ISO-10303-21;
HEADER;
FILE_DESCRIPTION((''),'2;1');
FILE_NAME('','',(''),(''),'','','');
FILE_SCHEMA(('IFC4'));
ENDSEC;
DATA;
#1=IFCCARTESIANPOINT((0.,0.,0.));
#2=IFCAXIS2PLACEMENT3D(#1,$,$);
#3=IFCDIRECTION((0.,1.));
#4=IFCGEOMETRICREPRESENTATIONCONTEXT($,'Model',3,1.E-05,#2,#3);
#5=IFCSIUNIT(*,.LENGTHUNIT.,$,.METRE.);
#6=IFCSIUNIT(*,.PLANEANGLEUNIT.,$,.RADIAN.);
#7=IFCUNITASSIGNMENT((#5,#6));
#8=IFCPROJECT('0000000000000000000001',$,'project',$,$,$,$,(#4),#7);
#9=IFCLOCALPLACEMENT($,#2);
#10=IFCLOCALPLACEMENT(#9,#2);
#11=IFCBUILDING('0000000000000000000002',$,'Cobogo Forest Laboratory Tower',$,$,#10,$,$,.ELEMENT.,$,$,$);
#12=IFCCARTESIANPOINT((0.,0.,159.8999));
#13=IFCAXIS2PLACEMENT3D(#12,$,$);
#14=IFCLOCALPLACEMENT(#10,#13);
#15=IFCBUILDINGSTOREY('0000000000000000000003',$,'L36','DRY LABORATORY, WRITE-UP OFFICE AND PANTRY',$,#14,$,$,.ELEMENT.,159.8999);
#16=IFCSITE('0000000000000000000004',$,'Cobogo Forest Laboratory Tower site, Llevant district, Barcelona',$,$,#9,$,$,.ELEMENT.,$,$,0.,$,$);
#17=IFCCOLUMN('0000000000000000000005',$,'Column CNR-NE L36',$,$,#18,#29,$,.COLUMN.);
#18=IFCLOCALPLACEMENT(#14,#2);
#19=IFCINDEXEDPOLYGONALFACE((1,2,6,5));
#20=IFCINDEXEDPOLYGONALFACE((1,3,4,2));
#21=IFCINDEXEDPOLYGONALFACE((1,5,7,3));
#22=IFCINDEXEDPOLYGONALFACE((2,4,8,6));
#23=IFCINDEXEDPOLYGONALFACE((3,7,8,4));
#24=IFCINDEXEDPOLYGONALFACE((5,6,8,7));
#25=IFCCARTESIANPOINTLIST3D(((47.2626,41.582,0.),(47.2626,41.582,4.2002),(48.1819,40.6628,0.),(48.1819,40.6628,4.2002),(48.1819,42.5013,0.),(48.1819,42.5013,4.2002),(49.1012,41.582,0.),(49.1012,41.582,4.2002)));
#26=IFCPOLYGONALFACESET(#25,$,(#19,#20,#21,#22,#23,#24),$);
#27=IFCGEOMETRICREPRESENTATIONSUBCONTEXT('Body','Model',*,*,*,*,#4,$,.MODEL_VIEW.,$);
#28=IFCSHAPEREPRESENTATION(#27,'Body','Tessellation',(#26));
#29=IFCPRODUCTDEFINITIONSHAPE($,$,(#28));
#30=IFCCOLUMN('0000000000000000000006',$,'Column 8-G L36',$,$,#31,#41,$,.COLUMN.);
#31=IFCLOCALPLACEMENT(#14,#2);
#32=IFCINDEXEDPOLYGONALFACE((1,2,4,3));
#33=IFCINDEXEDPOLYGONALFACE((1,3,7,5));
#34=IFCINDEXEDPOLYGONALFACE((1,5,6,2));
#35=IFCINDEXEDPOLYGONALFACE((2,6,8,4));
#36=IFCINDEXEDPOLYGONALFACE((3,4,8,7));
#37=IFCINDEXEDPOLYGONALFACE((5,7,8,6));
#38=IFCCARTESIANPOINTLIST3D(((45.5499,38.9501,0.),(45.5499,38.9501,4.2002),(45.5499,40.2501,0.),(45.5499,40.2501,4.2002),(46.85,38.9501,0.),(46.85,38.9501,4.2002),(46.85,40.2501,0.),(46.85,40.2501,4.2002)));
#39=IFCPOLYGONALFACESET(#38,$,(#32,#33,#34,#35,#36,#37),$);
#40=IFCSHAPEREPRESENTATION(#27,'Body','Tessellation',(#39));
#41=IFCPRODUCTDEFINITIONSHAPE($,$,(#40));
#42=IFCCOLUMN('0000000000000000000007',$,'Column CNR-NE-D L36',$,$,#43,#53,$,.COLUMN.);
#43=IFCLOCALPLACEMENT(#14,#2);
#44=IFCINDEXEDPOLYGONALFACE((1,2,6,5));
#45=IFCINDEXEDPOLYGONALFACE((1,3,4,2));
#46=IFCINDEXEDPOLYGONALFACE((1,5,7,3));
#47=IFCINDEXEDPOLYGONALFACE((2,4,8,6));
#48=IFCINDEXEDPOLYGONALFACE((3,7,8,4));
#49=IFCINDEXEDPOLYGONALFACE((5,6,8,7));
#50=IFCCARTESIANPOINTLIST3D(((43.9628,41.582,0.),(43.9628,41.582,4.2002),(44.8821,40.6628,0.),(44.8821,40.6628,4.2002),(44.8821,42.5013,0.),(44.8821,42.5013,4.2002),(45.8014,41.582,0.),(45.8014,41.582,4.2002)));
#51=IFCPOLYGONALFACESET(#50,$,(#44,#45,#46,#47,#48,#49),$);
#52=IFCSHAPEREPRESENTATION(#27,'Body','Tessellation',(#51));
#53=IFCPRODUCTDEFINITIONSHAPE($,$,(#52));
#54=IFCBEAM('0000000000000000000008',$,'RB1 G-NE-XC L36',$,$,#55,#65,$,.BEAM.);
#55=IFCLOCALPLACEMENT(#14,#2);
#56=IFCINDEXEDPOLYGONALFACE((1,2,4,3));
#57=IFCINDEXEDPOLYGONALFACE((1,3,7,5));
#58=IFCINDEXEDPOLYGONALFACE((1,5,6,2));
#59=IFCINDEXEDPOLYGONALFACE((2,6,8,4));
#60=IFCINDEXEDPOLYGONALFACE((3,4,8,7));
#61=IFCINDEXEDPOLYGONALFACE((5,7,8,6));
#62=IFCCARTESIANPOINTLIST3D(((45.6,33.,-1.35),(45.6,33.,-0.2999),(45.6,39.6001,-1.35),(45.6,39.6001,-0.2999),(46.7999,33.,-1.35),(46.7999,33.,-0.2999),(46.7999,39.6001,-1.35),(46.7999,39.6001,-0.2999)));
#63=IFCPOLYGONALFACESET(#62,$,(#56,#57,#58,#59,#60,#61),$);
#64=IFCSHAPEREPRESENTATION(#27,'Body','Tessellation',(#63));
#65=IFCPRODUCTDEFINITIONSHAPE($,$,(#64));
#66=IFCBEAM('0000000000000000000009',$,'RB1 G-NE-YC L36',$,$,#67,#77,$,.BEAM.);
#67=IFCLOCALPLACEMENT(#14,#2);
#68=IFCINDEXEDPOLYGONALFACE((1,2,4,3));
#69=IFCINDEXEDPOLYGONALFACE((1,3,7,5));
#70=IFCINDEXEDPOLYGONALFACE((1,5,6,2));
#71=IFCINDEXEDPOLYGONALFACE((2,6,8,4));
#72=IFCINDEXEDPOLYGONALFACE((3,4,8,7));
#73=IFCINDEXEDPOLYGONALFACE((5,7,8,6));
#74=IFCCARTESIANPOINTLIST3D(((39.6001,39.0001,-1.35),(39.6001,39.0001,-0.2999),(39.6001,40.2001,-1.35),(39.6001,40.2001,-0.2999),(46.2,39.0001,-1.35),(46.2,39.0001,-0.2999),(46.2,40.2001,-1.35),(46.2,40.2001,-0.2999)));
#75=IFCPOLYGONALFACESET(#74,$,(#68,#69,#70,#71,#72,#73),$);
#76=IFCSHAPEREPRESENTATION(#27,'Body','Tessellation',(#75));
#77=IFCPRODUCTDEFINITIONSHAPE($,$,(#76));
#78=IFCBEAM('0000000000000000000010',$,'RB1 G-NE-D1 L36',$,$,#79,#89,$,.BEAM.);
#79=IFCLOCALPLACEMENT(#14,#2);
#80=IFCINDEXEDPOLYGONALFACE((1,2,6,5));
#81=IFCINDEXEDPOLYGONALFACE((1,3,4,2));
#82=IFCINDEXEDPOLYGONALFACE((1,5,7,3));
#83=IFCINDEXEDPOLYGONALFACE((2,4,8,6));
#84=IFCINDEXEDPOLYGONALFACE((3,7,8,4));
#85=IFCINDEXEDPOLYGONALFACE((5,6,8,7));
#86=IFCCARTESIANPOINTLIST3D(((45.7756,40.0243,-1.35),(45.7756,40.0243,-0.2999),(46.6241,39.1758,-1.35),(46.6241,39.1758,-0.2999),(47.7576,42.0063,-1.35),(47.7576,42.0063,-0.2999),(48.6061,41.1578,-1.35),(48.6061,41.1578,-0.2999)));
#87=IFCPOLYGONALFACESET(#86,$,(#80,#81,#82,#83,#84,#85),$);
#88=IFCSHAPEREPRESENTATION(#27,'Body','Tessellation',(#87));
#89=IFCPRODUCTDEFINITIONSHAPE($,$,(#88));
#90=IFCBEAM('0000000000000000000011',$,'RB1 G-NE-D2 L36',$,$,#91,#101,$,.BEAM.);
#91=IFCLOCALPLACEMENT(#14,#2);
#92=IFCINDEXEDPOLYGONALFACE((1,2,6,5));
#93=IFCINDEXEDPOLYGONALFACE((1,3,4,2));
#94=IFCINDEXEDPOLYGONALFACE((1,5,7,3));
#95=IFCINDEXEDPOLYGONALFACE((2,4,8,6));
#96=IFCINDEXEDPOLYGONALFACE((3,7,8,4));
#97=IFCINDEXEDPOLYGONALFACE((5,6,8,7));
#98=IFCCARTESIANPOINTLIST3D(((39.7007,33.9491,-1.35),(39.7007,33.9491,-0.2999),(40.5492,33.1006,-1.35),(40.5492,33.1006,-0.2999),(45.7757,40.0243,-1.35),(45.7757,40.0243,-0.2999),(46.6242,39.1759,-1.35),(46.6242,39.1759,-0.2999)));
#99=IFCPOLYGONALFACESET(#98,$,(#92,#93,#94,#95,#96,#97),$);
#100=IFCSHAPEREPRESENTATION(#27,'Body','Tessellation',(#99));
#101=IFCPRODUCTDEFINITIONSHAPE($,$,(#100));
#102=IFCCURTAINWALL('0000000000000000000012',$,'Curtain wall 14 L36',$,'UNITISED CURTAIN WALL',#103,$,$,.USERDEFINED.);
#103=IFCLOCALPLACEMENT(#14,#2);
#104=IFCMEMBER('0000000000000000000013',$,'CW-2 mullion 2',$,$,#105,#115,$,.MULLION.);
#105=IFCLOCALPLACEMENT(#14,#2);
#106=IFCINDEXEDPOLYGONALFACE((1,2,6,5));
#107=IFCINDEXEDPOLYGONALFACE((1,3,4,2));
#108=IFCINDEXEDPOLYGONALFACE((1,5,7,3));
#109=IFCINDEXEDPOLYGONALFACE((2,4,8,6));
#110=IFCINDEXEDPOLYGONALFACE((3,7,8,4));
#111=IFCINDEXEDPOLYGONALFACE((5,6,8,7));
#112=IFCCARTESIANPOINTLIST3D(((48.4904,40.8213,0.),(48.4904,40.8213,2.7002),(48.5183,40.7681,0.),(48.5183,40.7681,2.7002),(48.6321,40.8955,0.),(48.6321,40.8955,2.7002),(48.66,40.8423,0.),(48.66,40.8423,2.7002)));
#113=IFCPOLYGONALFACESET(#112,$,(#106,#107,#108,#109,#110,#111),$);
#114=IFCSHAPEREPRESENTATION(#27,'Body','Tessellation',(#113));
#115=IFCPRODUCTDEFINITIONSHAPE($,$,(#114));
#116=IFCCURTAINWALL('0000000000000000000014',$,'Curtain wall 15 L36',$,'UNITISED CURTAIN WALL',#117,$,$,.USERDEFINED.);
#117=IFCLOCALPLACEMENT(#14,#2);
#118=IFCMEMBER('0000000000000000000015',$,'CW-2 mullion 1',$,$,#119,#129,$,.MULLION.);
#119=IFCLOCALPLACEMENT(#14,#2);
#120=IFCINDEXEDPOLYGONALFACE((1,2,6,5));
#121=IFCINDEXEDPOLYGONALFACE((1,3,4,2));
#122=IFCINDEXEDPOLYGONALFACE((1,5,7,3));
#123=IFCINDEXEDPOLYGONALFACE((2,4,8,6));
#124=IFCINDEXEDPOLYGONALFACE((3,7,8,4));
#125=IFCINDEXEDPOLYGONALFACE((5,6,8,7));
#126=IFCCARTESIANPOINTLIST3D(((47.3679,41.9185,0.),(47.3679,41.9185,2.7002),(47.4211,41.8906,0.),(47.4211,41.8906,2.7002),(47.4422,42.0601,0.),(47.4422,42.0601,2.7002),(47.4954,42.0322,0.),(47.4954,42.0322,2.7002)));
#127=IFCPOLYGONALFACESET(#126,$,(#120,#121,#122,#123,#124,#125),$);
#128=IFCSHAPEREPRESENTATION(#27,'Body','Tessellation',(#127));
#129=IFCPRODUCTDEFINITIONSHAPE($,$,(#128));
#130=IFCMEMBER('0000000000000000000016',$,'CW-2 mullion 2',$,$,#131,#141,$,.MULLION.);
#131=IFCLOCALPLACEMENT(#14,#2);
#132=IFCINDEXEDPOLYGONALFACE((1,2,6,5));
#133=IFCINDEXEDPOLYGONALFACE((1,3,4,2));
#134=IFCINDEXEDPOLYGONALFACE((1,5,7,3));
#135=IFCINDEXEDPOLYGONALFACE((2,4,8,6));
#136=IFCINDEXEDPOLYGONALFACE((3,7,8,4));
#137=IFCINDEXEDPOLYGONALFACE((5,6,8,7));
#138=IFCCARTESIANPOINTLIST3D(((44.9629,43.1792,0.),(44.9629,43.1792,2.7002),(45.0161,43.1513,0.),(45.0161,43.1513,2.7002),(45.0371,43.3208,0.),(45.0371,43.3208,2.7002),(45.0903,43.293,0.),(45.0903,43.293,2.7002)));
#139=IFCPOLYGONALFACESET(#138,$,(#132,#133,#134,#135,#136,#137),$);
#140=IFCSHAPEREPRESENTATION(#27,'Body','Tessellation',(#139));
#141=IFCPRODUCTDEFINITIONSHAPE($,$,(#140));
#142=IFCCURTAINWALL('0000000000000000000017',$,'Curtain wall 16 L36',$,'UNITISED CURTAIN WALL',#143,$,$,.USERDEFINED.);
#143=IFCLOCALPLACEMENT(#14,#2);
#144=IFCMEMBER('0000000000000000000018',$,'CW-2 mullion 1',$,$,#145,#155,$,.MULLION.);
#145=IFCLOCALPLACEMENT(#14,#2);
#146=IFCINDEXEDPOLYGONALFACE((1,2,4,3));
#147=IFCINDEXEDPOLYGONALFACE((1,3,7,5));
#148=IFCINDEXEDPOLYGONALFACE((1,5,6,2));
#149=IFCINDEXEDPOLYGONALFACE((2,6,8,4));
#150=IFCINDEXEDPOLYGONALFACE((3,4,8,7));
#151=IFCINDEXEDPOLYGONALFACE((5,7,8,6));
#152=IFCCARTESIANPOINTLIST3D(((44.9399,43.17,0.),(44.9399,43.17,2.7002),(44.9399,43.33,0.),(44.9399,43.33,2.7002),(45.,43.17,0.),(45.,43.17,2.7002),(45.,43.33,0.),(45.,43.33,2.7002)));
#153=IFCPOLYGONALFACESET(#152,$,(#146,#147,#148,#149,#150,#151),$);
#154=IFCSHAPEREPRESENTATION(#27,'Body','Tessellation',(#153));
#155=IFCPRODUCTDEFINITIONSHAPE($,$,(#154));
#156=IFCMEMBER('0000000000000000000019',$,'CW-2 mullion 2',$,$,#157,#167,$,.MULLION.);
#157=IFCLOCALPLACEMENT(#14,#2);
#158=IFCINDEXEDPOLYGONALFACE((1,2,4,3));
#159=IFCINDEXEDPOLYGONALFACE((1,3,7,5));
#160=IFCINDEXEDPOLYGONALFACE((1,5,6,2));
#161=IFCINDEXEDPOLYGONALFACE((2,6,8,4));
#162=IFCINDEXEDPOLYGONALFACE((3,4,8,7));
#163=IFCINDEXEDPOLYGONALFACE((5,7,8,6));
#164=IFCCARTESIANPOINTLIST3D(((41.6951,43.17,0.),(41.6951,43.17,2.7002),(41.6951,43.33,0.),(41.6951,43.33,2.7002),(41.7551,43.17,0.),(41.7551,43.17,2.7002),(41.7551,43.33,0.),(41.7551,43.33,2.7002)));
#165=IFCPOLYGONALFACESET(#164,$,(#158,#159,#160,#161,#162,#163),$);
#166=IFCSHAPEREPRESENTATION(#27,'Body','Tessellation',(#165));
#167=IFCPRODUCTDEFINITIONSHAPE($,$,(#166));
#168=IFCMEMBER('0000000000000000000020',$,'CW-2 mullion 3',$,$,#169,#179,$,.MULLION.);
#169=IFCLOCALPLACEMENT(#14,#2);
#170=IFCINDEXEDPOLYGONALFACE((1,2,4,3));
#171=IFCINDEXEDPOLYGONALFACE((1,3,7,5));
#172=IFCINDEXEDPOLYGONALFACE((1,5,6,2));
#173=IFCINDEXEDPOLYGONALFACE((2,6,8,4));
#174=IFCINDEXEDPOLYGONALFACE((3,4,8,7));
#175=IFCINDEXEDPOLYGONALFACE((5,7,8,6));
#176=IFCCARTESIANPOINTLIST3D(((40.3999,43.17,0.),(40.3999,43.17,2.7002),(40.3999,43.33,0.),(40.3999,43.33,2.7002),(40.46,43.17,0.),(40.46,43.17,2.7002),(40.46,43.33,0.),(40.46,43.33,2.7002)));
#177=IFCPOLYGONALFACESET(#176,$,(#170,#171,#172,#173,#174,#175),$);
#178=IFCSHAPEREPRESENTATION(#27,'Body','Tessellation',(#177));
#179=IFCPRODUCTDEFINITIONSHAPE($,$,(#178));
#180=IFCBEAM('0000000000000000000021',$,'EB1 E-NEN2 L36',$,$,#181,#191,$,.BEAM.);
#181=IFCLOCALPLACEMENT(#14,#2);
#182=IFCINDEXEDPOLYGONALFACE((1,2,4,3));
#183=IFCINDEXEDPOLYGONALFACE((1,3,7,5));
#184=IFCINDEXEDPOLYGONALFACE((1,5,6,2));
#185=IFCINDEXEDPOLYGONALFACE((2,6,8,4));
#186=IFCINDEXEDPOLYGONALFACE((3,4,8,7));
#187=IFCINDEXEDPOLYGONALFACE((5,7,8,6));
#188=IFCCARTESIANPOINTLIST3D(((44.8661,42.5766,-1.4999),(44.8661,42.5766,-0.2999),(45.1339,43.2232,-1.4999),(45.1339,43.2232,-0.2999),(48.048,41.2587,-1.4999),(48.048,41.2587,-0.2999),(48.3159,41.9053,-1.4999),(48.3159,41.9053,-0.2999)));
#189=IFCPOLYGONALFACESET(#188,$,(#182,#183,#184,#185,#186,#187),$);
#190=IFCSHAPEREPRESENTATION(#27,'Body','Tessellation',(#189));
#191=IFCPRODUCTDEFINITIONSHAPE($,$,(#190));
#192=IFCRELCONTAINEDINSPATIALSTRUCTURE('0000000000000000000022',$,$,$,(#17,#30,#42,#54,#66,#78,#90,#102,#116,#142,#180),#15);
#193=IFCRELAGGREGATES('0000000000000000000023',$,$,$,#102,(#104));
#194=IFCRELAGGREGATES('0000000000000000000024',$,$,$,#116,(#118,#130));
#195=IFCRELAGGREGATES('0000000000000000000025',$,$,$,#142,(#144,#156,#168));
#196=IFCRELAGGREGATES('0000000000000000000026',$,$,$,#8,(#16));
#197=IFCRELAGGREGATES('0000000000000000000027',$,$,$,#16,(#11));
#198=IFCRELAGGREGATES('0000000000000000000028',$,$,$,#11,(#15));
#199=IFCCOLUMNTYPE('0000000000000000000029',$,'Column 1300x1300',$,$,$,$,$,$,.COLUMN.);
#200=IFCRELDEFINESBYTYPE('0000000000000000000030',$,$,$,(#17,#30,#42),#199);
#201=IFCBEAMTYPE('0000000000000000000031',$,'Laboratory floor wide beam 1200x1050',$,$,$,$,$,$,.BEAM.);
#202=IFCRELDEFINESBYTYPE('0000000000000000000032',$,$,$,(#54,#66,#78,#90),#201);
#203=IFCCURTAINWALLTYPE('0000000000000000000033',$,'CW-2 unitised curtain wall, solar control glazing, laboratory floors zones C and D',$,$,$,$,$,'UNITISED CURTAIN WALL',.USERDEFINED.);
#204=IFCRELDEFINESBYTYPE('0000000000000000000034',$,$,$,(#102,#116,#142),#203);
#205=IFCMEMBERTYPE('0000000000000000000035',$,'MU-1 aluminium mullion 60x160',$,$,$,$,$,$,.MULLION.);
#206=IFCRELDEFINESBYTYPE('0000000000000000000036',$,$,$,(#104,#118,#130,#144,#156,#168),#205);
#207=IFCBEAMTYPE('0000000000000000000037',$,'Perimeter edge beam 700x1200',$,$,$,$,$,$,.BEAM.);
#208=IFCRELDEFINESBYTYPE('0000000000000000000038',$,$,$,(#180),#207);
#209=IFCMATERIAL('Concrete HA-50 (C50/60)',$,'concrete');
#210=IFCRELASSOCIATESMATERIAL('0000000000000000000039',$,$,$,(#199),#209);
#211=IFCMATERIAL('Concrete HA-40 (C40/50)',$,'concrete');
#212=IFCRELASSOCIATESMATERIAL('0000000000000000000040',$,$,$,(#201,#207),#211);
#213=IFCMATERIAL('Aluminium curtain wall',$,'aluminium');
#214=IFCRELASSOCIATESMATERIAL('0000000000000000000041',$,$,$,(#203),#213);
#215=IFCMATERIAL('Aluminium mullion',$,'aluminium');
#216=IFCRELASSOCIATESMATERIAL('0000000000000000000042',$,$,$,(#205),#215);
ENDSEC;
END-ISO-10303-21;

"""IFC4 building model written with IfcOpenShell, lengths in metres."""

from ifc_helpers import new_model, si_unit, direction, frame, origin, origin_2d, place, context, subcontext, project, spatial, rectangle, extrude, material, material_profile, profile_set, type_object, element, aggregate, save


model = new_model("IFC4")

# Units and contexts
model_context = context("Model", 3, precision=1e-05, world=origin(), true_north=direction((0.0, 1.0)))
body_context = subcontext(model_context, "Body", "Model", "MODEL_VIEW")
ifc_project = project(units=[si_unit("LENGTHUNIT", "METRE"), si_unit("PLANEANGLEUNIT", "RADIAN")], contexts=[model_context])

# Site, building, storey
site_placement = place(None, origin())
site = spatial("IfcSite", under=ifc_project, at=site_placement, Name="Cobogo Forest Laboratory Tower site, Llevant district, Barcelona", CompositionType="ELEMENT", RefElevation=0.0)
building_placement = place(site_placement, origin())
building = spatial("IfcBuilding", under=site, at=building_placement, Name="Cobogo Forest Laboratory Tower", CompositionType="ELEMENT")
storey_placement = place(building_placement, frame((0.0, 0.0, 159.8999)))
storey = spatial("IfcBuildingStorey", under=building, at=storey_placement, Name="L36", Description="DRY LABORATORY, WRITE-UP OFFICE AND PANTRY", CompositionType="ELEMENT", Elevation=159.8999)

# Columns
ifc_material_1 = material(Name="Concrete HA-50 (C50/60)", Category="concrete")
ifc_material_profile_1 = material_profile(ifc_material_1, rectangle(XDim=1.3, YDim=1.3, at=origin_2d()), Name="RC 1300x1300")
ifc_profile_set_1 = profile_set([ifc_material_profile_1], Name="Concrete HA-50 (C50/60)")
column_type = type_object("IfcColumnType", Name="Column 1300x1300", PredefinedType="COLUMN", material=ifc_profile_set_1)
for number, where, z_axis, x_axis, name in (
    (1, (48.1819, 41.582, 0.0), (0.0, 0.0, 1.0), (0.707107, 0.707107, 0.0), "Column CNR-NE L36"),
    (2, (46.2, 39.6001, 0.0), (0.0, 0.0, 1.0), (1.0, 0.0, 0.0), "Column 8-G L36"),
    (3, (44.8821, 41.582, 0.0), (0.0, 0.0, 1.0), (0.707107, 0.707107, 0.0), "Column CNR-NE-D L36"),
):
    element("IfcColumn", number, at=place(storey_placement, frame(where, z_axis=z_axis, x_axis=x_axis)), inside=storey, type_object=column_type, Name=name, PredefinedType="COLUMN", context=body_context, shape_type="SweptSolid", body=[
        extrude(rectangle(XDim=1.3, YDim=1.3, at=origin_2d()), origin(), (0.0, 0.0, 1.0), 4.2002),
    ])

# Beams
ifc_material_2 = material(Name="Concrete HA-40 (C40/50)", Category="concrete")
ifc_material_profile_2 = material_profile(ifc_material_2, rectangle(XDim=1.2, YDim=1.05, at=origin_2d()), Name="RC 1200x1050")
ifc_profile_set_2 = profile_set([ifc_material_profile_2], Name="Concrete HA-40 (C40/50)")
beam_type_1 = type_object("IfcBeamType", Name="Laboratory floor wide beam 1200x1050", PredefinedType="BEAM", material=ifc_profile_set_2)
beam_1_placement = place(storey_placement, frame((46.2, 39.6001, -0.825), z_axis=(0.0, -1.0, 0.0), x_axis=(1.0, 0.0, 0.0)))
element("IfcBeam", 4, at=beam_1_placement, inside=storey, type_object=beam_type_1, Name="RB1 G-NE-XC L36", PredefinedType="BEAM", context=body_context, shape_type="SweptSolid", body=[
    extrude(rectangle(XDim=1.2, YDim=1.05, at=origin_2d()), origin(), (0.0, 0.0, 1.0), 6.6001),
])
beam_2_placement = place(storey_placement, frame((46.2, 39.6001, -0.825), z_axis=(-1.0, 0.0, 0.0), x_axis=(0.0, -1.0, 0.0)))
element("IfcBeam", 5, at=beam_2_placement, inside=storey, type_object=beam_type_1, Name="RB1 G-NE-YC L36", PredefinedType="BEAM", context=body_context, shape_type="SweptSolid", body=[
    extrude(rectangle(XDim=1.2, YDim=1.05, at=origin_2d()), origin(), (0.0, 0.0, 1.0), 6.5999),
])
beam_3_placement = place(storey_placement, frame((48.1819, 41.582, -0.825), z_axis=(-0.707107, -0.707107, 0.0), x_axis=(0.707107, -0.707107, 0.0)))
element("IfcBeam", 6, at=beam_3_placement, inside=storey, type_object=beam_type_1, Name="RB1 G-NE-D1 L36", PredefinedType="BEAM", context=body_context, shape_type="SweptSolid", body=[
    extrude(rectangle(XDim=1.2, YDim=1.05, at=origin_2d()), origin(), (0.0, 0.0, 1.0), 2.803),
])
beam_4_placement = place(storey_placement, frame((46.2, 39.6001, -0.825), z_axis=(-0.707093, -0.707121, 0.0), x_axis=(0.707121, -0.707093, 0.0)))
element("IfcBeam", 7, at=beam_4_placement, inside=storey, type_object=beam_type_1, Name="RB1 G-NE-D2 L36", PredefinedType="BEAM", context=body_context, shape_type="SweptSolid", body=[
    extrude(rectangle(XDim=1.2, YDim=1.05, at=origin_2d()), origin(), (0.0, 0.0, 1.0), 8.5916),
])

# Curtain wall, member
ifc_material_3 = material(Name="Aluminium curtain wall", Category="aluminium")
curtain_wall_type = type_object("IfcCurtainWallType", Name="CW-2 unitised curtain wall, solar control glazing, laboratory floors zones C and D", ElementType="UNITISED CURTAIN WALL", PredefinedType="USERDEFINED", material=ifc_material_3)
curtain_wall_1_placement = place(storey_placement, origin())
curtain_wall_1 = element("IfcCurtainWall", 8, at=curtain_wall_1_placement, inside=storey, type_object=curtain_wall_type, Name="Curtain wall 14 L36", ObjectType="UNITISED CURTAIN WALL", PredefinedType="USERDEFINED")
ifc_material_4 = material(Name="Aluminium mullion", Category="aluminium")
ifc_material_profile_3 = material_profile(ifc_material_4, rectangle(XDim=0.0601, YDim=0.1599, at=origin_2d()), Name="AL 60x160")
ifc_profile_set_3 = profile_set([ifc_material_profile_3], Name="Aluminium mullion")
member_type_1 = type_object("IfcMemberType", Name="MU-1 aluminium mullion 60x160", PredefinedType="MULLION", material=ifc_profile_set_3)
member_1_placement = place(storey_placement, frame((48.5752, 40.8318, 0.0), z_axis=(0.0, 0.0, 1.0), x_axis=(-0.464284, 0.885687, 0.0)))
member_1 = element("IfcMember", 9, at=member_1_placement, type_object=member_type_1, Name="CW-2 mullion 2", PredefinedType="MULLION", context=body_context, shape_type="SweptSolid", body=[
    extrude(rectangle(XDim=0.0601, YDim=0.1599, at=origin_2d()), origin(), (0.0, 0.0, 1.0), 2.7002),
])

# Curtain walls, members
curtain_wall_2_placement = place(storey_placement, origin())
curtain_wall_2 = element("IfcCurtainWall", 10, at=curtain_wall_2_placement, inside=storey, type_object=curtain_wall_type, Name="Curtain wall 15 L36", ObjectType="UNITISED CURTAIN WALL", PredefinedType="USERDEFINED")
member_2_placement = place(storey_placement, frame((47.4316, 41.9753, 0.0), z_axis=(0.0, 0.0, 1.0), x_axis=(-0.885687, 0.464284, 0.0)))
member_2 = element("IfcMember", 11, at=member_2_placement, type_object=member_type_1, Name="CW-2 mullion 1", PredefinedType="MULLION", context=body_context, shape_type="SweptSolid", body=[
    extrude(rectangle(XDim=0.0601, YDim=0.1599, at=origin_2d()), origin(), (0.0, 0.0, 1.0), 2.7002),
])
member_3_placement = place(storey_placement, frame((45.0266, 43.2361, 0.0), z_axis=(0.0, 0.0, 1.0), x_axis=(-0.885687, 0.464284, 0.0)))
member_3 = element("IfcMember", 12, at=member_3_placement, type_object=member_type_1, Name="CW-2 mullion 2", PredefinedType="MULLION", context=body_context, shape_type="SweptSolid", body=[
    extrude(rectangle(XDim=0.0601, YDim=0.1599, at=origin_2d()), origin(), (0.0, 0.0, 1.0), 2.7002),
])
curtain_wall_3_placement = place(storey_placement, origin())
curtain_wall_3 = element("IfcCurtainWall", 13, at=curtain_wall_3_placement, inside=storey, type_object=curtain_wall_type, Name="Curtain wall 16 L36", ObjectType="UNITISED CURTAIN WALL", PredefinedType="USERDEFINED")
member_4_placement = place(storey_placement, frame((44.97, 43.25, 0.0), z_axis=(0.0, 0.0, 1.0), x_axis=(-1.0, 0.0, 0.0)))
member_4 = element("IfcMember", 14, at=member_4_placement, type_object=member_type_1, Name="CW-2 mullion 1", PredefinedType="MULLION", context=body_context, shape_type="SweptSolid", body=[
    extrude(rectangle(XDim=0.0601, YDim=0.1599, at=origin_2d()), origin(), (0.0, 0.0, 1.0), 2.7002),
])
member_5_placement = place(storey_placement, frame((41.7251, 43.25, 0.0), z_axis=(0.0, 0.0, 1.0), x_axis=(-1.0, 0.0, 0.0)))
member_5 = element("IfcMember", 15, at=member_5_placement, type_object=member_type_1, Name="CW-2 mullion 2", PredefinedType="MULLION", context=body_context, shape_type="SweptSolid", body=[
    extrude(rectangle(XDim=0.0601, YDim=0.1599, at=origin_2d()), origin(), (0.0, 0.0, 1.0), 2.7002),
])
member_6_placement = place(storey_placement, frame((40.4299, 43.25, 0.0), z_axis=(0.0, 0.0, 1.0), x_axis=(-1.0, 0.0, 0.0)))
member_6 = element("IfcMember", 16, at=member_6_placement, type_object=member_type_1, Name="CW-2 mullion 3", PredefinedType="MULLION", context=body_context, shape_type="SweptSolid", body=[
    extrude(rectangle(XDim=0.0601, YDim=0.1599, at=origin_2d()), origin(), (0.0, 0.0, 1.0), 2.7002),
])

# Beam
ifc_material_profile_4 = material_profile(ifc_material_2, rectangle(XDim=0.7, YDim=1.2, at=origin_2d()), Name="RC 700x1200")
ifc_profile_set_4 = profile_set([ifc_material_profile_4], Name="Concrete HA-40 (C40/50)")
beam_type_2 = type_object("IfcBeamType", Name="Perimeter edge beam 700x1200", PredefinedType="BEAM", material=ifc_profile_set_4)
beam_5_placement = place(storey_placement, frame((45.0, 42.8999, -0.8999), z_axis=(0.923891, -0.382656, 0.0), x_axis=(0.382656, 0.923891, 0.0)))
element("IfcBeam", 17, at=beam_5_placement, inside=storey, type_object=beam_type_2, Name="EB1 E-NEN2 L36", PredefinedType="BEAM", context=body_context, shape_type="SweptSolid", body=[
    extrude(rectangle(XDim=0.7, YDim=1.2, at=origin_2d()), origin(), (0.0, 0.0, 1.0), 3.4441),
])

aggregate(curtain_wall_1, [member_1])
aggregate(curtain_wall_2, [member_2, member_3])
aggregate(curtain_wall_3, [member_4, member_5, member_6])

save(model, "model.ifc")
